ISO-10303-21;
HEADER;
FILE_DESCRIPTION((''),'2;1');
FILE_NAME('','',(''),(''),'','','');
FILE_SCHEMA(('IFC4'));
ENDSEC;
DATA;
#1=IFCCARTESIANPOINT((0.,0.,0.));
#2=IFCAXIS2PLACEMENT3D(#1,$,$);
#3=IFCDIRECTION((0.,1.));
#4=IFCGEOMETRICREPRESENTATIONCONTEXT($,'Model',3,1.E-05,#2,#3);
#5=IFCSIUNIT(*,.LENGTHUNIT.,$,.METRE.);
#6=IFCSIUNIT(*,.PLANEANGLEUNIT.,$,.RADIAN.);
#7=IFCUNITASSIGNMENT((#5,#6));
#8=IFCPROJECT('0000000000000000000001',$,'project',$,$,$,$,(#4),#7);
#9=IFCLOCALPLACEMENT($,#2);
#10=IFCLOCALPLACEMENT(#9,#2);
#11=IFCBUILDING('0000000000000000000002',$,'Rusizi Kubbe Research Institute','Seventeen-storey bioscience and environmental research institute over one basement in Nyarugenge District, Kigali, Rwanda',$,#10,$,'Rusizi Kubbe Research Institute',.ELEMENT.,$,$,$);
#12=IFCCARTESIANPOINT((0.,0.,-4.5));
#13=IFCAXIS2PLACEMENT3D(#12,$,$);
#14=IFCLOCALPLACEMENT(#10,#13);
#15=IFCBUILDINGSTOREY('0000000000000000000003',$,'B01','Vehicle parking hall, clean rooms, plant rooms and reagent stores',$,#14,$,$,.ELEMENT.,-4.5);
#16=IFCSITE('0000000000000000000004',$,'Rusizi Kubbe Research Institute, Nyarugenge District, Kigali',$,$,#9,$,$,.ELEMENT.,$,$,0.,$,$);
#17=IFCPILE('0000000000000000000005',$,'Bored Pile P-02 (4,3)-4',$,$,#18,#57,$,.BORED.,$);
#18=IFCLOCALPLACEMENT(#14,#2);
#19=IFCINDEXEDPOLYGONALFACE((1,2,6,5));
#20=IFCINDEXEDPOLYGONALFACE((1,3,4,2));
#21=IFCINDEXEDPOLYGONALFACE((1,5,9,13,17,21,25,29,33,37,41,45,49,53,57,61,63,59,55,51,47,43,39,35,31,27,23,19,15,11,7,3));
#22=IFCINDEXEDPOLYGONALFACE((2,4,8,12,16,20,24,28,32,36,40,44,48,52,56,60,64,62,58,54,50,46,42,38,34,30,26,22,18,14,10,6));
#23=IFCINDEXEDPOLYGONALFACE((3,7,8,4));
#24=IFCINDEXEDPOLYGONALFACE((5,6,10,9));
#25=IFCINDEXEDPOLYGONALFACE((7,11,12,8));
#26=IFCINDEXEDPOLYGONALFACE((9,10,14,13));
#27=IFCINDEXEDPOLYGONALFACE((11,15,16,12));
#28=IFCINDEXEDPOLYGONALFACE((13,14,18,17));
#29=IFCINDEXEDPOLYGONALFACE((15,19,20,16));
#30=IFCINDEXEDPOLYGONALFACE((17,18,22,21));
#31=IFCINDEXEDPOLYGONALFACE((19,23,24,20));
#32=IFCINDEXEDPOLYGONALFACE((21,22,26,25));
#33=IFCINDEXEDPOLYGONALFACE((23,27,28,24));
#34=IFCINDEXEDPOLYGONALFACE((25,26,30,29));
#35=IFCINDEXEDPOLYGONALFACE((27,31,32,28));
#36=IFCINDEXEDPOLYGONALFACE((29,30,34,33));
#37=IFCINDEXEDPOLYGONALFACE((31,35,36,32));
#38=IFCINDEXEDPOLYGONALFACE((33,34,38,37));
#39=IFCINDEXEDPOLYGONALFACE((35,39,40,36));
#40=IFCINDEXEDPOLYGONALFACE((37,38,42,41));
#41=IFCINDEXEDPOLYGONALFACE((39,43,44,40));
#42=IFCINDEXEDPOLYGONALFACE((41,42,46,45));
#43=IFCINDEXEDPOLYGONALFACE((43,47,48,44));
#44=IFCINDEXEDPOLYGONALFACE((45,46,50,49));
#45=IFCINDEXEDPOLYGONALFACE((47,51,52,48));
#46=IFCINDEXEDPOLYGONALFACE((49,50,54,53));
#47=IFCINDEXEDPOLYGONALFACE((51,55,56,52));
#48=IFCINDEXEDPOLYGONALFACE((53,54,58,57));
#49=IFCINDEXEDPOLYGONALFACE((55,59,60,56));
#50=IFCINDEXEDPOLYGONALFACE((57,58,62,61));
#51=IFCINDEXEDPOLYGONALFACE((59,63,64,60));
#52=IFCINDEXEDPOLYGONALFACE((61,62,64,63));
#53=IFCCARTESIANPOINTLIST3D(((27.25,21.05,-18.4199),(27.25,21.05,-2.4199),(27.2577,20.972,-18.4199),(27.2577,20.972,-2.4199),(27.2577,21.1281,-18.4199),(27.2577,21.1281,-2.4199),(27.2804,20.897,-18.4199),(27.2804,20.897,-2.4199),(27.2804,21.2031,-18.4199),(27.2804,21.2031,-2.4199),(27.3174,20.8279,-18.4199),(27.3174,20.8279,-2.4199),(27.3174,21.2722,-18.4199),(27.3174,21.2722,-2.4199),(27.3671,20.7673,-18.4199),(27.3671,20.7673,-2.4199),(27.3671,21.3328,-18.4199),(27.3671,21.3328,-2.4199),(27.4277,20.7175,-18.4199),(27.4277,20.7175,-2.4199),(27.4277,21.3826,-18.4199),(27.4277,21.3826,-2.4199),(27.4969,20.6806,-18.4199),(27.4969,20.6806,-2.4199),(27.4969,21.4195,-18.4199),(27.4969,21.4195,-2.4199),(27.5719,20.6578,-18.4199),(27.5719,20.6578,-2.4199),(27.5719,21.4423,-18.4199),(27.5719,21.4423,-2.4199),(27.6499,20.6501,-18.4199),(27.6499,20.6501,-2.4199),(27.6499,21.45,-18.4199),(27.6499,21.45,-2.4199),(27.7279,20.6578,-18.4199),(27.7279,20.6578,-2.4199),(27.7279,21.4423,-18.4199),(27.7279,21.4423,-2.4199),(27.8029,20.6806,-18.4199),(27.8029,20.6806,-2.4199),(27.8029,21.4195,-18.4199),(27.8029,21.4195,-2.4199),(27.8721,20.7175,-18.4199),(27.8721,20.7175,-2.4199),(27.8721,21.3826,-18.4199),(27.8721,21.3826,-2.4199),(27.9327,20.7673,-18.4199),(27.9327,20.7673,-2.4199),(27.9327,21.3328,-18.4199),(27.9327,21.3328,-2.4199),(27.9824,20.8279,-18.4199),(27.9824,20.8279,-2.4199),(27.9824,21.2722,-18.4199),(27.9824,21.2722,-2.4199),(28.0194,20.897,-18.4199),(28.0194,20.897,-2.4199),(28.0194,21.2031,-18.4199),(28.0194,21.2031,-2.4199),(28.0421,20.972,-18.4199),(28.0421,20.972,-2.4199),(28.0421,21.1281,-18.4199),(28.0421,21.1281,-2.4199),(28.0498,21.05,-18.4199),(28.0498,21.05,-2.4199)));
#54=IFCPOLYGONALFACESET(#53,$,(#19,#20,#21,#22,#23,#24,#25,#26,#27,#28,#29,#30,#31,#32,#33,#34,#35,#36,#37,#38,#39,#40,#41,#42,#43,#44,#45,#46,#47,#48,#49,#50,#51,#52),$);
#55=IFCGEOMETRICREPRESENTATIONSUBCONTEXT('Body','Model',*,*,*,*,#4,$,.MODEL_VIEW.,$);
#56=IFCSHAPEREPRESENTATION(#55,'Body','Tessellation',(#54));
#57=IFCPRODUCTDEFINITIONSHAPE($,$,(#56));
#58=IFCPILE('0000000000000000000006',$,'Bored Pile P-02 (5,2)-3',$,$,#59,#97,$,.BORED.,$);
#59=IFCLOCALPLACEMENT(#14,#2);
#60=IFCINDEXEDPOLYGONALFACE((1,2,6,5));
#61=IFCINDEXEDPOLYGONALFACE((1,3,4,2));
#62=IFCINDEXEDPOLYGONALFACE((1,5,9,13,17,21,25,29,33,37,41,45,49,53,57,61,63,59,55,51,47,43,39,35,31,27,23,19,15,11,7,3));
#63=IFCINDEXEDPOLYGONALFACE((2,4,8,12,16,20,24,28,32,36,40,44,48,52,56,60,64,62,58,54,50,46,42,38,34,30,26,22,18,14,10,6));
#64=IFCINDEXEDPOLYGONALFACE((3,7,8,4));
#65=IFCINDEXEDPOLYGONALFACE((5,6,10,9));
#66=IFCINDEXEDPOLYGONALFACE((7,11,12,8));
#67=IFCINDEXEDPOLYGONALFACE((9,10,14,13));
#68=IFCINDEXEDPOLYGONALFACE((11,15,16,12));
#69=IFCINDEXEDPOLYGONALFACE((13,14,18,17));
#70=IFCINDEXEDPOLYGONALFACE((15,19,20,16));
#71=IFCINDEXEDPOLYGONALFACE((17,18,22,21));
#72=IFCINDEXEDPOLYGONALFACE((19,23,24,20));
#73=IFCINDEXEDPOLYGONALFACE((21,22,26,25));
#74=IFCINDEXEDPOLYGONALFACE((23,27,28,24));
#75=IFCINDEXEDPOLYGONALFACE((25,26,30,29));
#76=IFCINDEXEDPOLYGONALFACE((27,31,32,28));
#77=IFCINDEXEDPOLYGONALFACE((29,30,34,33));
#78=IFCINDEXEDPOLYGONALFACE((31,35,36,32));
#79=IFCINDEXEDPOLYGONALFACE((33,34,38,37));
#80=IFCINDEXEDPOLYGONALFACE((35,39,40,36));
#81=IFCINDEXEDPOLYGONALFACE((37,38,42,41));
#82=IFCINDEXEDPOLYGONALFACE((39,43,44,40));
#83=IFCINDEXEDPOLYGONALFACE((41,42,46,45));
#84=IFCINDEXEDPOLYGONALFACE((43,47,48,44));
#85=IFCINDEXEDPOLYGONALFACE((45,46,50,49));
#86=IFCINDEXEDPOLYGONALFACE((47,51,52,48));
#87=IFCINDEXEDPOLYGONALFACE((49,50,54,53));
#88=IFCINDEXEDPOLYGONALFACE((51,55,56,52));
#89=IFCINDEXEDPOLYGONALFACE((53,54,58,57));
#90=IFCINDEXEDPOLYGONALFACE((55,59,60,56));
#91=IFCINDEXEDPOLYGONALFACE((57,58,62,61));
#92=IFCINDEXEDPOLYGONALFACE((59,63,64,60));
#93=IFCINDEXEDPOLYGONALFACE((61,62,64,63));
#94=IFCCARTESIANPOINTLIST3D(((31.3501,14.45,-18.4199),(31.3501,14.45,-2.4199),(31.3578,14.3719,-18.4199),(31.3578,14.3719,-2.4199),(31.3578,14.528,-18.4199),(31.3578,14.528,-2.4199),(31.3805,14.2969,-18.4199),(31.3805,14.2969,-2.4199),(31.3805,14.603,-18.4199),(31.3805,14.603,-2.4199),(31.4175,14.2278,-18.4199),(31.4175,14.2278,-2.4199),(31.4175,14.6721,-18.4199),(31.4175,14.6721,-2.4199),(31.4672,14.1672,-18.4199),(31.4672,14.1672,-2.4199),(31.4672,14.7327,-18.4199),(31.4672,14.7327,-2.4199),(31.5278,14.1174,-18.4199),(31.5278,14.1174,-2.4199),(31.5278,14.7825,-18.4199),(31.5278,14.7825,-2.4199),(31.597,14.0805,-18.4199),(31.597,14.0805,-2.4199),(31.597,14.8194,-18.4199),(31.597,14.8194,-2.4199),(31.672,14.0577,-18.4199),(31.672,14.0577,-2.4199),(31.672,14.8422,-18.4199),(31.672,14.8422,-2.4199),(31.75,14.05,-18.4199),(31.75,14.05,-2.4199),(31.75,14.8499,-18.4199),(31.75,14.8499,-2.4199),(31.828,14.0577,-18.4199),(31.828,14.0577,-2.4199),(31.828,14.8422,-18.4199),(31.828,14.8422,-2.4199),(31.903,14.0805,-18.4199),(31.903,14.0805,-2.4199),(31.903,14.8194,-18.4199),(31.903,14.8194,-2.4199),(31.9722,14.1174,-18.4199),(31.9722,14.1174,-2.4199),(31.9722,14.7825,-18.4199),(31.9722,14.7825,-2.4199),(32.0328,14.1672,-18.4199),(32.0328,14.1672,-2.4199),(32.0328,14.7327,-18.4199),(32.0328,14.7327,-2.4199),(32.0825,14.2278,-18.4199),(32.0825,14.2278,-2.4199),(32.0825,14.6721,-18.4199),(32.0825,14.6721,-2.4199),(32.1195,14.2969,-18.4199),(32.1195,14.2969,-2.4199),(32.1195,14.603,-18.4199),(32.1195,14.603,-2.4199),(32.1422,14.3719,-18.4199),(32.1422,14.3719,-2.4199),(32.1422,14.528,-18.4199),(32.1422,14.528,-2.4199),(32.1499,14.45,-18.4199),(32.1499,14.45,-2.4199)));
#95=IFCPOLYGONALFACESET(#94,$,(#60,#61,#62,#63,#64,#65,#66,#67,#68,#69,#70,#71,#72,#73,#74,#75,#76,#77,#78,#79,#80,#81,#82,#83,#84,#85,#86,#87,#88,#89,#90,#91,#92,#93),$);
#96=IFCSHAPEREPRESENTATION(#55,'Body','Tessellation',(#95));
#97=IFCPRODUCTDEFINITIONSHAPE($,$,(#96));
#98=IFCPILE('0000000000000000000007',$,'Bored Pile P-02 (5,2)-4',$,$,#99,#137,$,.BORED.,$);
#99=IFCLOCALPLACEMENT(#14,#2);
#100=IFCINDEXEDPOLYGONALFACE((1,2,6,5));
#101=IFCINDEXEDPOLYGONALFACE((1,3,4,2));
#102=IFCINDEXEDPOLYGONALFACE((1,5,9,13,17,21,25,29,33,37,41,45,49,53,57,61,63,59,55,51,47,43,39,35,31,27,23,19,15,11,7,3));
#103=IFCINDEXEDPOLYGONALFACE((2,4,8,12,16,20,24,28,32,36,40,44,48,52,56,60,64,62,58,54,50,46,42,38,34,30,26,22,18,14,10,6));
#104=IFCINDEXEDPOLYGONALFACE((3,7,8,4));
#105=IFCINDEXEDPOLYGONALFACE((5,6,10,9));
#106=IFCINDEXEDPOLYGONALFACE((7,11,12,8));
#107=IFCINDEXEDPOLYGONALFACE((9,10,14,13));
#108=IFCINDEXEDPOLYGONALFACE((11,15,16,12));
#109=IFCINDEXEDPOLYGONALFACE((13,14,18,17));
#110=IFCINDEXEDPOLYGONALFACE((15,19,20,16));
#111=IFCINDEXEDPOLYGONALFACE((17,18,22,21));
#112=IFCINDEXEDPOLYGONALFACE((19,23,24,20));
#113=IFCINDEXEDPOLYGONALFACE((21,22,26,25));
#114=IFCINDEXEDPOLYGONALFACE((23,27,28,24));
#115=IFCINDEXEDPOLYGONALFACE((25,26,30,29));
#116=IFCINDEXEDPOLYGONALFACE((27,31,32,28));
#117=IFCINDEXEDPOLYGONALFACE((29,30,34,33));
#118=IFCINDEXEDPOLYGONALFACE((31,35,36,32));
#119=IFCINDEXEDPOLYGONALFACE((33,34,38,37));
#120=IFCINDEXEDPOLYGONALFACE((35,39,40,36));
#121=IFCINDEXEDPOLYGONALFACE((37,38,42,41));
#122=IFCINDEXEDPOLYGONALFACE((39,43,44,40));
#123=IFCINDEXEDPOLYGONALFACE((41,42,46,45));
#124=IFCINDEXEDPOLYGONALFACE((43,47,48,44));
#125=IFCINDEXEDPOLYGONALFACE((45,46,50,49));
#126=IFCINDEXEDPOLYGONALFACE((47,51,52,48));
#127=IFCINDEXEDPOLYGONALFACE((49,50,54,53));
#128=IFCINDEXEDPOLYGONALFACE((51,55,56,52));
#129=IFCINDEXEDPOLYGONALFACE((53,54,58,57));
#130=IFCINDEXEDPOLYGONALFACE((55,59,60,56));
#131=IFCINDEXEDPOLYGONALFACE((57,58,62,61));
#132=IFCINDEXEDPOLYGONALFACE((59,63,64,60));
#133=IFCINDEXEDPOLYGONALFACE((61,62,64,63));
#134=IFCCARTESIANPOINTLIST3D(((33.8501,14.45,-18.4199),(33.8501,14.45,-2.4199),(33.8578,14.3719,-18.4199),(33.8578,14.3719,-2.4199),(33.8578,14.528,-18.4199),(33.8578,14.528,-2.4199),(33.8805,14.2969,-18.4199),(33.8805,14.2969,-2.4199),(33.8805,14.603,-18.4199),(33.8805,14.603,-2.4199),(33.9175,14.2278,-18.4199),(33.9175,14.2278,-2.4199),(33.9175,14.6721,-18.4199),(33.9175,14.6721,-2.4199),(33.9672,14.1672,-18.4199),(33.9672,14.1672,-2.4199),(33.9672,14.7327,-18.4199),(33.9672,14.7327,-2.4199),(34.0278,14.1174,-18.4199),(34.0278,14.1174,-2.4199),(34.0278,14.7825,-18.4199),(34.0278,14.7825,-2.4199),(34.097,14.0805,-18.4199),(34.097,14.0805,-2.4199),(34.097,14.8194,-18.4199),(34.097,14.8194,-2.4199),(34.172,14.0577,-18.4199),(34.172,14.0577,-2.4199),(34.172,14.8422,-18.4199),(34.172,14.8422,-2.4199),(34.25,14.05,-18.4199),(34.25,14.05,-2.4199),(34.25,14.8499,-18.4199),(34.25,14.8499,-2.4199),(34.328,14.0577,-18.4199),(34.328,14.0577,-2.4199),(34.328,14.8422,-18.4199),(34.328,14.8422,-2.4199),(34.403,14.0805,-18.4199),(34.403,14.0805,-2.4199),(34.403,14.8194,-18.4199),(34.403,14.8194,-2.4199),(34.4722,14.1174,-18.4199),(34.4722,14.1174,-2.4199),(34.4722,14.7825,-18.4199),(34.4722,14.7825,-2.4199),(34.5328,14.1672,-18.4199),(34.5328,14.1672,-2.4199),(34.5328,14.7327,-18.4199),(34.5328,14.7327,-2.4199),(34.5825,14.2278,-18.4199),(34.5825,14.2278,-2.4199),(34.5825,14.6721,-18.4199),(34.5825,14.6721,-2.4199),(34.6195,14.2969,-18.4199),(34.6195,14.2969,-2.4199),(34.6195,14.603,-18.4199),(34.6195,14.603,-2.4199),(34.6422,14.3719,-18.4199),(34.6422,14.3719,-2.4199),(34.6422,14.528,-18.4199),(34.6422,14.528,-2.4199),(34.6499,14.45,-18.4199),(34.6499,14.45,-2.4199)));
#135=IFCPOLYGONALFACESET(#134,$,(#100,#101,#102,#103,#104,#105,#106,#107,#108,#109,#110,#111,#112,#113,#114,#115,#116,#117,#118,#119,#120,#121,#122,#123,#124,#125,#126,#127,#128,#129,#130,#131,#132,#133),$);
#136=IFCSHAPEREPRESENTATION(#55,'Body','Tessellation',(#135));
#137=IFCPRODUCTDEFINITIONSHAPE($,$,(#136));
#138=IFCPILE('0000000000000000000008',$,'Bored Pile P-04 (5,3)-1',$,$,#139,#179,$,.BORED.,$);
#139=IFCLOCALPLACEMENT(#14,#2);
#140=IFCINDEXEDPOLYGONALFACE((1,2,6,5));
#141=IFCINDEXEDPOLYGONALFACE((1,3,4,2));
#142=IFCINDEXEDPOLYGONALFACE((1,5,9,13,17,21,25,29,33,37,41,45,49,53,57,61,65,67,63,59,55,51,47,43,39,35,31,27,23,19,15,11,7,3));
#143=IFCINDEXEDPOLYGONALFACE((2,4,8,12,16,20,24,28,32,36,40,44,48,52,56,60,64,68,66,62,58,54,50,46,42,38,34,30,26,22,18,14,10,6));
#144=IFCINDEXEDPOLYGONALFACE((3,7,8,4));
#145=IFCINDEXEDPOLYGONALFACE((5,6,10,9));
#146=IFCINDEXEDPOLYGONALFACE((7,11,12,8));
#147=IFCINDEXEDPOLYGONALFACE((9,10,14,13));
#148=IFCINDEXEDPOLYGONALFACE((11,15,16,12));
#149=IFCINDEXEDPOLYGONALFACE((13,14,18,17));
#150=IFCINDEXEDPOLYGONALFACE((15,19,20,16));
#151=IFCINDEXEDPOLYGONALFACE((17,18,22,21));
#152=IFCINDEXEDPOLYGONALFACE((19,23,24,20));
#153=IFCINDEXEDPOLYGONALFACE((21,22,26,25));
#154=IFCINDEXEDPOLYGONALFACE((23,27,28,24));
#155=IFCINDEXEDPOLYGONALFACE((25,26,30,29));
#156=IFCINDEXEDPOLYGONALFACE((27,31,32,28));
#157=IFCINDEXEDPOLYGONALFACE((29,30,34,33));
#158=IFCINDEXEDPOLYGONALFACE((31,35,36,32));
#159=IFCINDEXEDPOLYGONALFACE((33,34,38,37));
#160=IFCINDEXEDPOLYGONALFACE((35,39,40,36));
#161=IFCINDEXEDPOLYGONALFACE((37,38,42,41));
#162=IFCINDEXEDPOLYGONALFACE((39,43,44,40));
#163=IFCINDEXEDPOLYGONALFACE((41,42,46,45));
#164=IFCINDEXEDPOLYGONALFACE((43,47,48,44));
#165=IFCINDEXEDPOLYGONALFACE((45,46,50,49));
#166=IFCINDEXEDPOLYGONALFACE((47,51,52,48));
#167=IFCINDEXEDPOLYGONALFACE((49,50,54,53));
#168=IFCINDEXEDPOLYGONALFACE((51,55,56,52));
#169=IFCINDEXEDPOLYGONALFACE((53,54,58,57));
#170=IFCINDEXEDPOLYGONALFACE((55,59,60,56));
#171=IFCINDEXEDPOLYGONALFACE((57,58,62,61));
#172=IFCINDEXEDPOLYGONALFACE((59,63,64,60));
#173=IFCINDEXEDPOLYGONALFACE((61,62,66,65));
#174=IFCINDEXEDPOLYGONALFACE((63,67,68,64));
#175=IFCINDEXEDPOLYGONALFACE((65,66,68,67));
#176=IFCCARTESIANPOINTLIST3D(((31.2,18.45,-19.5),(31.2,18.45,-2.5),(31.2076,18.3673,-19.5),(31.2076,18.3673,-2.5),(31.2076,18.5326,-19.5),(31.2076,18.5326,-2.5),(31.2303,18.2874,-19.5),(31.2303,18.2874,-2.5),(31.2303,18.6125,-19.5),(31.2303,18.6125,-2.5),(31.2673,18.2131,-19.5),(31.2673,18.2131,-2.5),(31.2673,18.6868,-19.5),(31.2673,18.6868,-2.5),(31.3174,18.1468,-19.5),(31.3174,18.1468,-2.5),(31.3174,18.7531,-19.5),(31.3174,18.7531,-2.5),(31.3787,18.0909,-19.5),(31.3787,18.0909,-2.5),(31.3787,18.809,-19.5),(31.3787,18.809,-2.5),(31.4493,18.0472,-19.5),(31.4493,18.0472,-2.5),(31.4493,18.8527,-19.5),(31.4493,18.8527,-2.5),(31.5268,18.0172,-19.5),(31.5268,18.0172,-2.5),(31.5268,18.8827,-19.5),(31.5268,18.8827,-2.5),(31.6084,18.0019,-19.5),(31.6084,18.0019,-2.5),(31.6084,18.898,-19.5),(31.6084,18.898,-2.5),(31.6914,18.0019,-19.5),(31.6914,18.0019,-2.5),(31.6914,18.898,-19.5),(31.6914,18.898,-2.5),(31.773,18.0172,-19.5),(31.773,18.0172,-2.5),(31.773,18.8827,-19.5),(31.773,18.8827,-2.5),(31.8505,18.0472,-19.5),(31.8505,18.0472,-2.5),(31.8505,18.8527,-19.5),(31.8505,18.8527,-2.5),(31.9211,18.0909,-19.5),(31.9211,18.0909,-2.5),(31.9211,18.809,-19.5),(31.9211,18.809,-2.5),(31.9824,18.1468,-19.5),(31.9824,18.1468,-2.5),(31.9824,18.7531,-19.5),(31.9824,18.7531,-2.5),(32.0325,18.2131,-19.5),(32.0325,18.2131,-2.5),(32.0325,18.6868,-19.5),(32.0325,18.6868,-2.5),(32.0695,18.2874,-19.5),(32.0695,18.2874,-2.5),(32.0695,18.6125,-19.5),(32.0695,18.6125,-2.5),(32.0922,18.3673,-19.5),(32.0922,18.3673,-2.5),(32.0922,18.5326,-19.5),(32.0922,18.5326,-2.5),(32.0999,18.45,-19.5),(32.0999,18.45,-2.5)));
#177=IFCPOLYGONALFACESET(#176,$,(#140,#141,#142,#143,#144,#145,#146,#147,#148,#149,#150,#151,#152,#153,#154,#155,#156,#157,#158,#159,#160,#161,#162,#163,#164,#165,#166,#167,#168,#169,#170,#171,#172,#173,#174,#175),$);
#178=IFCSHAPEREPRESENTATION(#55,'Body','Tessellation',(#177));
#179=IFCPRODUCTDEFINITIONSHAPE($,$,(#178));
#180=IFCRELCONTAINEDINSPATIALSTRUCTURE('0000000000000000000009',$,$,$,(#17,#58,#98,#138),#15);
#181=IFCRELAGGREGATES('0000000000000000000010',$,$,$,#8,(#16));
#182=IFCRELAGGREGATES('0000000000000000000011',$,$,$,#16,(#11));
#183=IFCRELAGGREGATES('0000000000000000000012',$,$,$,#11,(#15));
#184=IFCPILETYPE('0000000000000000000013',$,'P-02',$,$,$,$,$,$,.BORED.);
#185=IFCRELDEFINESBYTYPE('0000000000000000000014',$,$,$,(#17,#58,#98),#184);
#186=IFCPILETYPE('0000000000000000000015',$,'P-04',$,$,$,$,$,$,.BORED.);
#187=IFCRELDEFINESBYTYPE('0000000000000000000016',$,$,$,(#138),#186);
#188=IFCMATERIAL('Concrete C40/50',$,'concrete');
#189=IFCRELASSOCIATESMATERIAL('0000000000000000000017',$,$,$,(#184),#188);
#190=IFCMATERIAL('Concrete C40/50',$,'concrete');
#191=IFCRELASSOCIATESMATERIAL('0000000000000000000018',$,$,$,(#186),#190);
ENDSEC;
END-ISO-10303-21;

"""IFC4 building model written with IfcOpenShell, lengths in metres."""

from ifc_helpers import new_model, si_unit, direction, frame, origin, origin_2d, place, context, subcontext, project, spatial, circle, extrude, material, material_profile, profile_set, type_object, element, save


model = new_model("IFC4")

# Units and contexts
model_context = context("Model", 3, precision=1e-05, world=origin(), true_north=direction((0.0, 1.0)))
body_context = subcontext(model_context, "Body", "Model", "MODEL_VIEW")
ifc_project = project(units=[si_unit("LENGTHUNIT", "METRE"), si_unit("PLANEANGLEUNIT", "RADIAN")], contexts=[model_context])

# Site, building, storey
site_placement = place(None, origin())
site = spatial("IfcSite", under=ifc_project, at=site_placement, Name="Rusizi Kubbe Research Institute, Nyarugenge District, Kigali", CompositionType="ELEMENT", RefElevation=0.0)
building_placement = place(site_placement, origin())
building = spatial("IfcBuilding", under=site, at=building_placement, Name="Rusizi Kubbe Research Institute", Description="Seventeen-storey bioscience and environmental research institute over one basement in Nyarugenge District, Kigali, Rwanda", LongName="Rusizi Kubbe Research Institute", CompositionType="ELEMENT")
storey_placement = place(building_placement, frame((0.0, 0.0, -4.5)))
storey = spatial("IfcBuildingStorey", under=building, at=storey_placement, Name="B01", Description="Vehicle parking hall, clean rooms, plant rooms and reagent stores", CompositionType="ELEMENT", Elevation=-4.5)

# Piles
ifc_material_1 = material(Name="Concrete C40/50", Category="concrete")
ifc_material_profile_1 = material_profile(ifc_material_1, circle(Radius=0.3999, at=origin_2d()), Name="PILE-D800")
ifc_profile_set_1 = profile_set([ifc_material_profile_1], Name="Concrete C40/50")
pile_type_1 = type_object("IfcPileType", Name="P-02", PredefinedType="BORED", material=ifc_profile_set_1)
for number, where, z_axis, x_axis, name in (
    (1, (27.6499, 21.05, -2.4199), (0.0, 0.0, -1.0), (1.0, 0.0, 0.0), "Bored Pile P-02 (4,3)-4"),
    (2, (31.75, 14.45, -2.4199), (0.0, 0.0, -1.0), (1.0, 0.0, 0.0), "Bored Pile P-02 (5,2)-3"),
    (3, (34.25, 14.45, -2.4199), (0.0, 0.0, -1.0), (1.0, 0.0, 0.0), "Bored Pile P-02 (5,2)-4"),
):
    element("IfcPile", number, at=place(storey_placement, frame(where, z_axis=z_axis, x_axis=x_axis)), inside=storey, type_object=pile_type_1, Name=name, PredefinedType="BORED", context=body_context, shape_type="SweptSolid", body=[
        extrude(circle(Radius=0.3999, at=origin_2d()), origin(), (0.0, 0.0, 1.0), 16.0),
    ])
ifc_material_2 = material(Name="Concrete C40/50", Category="concrete")
ifc_material_profile_2 = material_profile(ifc_material_2, circle(Radius=0.45, at=origin_2d()), Name="PILE-D900")
ifc_profile_set_2 = profile_set([ifc_material_profile_2], Name="Concrete C40/50")
pile_type_2 = type_object("IfcPileType", Name="P-04", PredefinedType="BORED", material=ifc_profile_set_2)
for number, where, z_axis, x_axis, name in (
    (4, (31.6499, 18.45, -2.5), (0.0, 0.0, -1.0), (1.0, 0.0, 0.0), "Bored Pile P-04 (5,3)-1"),
):
    element("IfcPile", number, at=place(storey_placement, frame(where, z_axis=z_axis, x_axis=x_axis)), inside=storey, type_object=pile_type_2, Name=name, PredefinedType="BORED", context=body_context, shape_type="SweptSolid", body=[
        extrude(circle(Radius=0.45, at=origin_2d()), origin(), (0.0, 0.0, 1.0), 17.0),
    ])

save(model, "model.ifc")
